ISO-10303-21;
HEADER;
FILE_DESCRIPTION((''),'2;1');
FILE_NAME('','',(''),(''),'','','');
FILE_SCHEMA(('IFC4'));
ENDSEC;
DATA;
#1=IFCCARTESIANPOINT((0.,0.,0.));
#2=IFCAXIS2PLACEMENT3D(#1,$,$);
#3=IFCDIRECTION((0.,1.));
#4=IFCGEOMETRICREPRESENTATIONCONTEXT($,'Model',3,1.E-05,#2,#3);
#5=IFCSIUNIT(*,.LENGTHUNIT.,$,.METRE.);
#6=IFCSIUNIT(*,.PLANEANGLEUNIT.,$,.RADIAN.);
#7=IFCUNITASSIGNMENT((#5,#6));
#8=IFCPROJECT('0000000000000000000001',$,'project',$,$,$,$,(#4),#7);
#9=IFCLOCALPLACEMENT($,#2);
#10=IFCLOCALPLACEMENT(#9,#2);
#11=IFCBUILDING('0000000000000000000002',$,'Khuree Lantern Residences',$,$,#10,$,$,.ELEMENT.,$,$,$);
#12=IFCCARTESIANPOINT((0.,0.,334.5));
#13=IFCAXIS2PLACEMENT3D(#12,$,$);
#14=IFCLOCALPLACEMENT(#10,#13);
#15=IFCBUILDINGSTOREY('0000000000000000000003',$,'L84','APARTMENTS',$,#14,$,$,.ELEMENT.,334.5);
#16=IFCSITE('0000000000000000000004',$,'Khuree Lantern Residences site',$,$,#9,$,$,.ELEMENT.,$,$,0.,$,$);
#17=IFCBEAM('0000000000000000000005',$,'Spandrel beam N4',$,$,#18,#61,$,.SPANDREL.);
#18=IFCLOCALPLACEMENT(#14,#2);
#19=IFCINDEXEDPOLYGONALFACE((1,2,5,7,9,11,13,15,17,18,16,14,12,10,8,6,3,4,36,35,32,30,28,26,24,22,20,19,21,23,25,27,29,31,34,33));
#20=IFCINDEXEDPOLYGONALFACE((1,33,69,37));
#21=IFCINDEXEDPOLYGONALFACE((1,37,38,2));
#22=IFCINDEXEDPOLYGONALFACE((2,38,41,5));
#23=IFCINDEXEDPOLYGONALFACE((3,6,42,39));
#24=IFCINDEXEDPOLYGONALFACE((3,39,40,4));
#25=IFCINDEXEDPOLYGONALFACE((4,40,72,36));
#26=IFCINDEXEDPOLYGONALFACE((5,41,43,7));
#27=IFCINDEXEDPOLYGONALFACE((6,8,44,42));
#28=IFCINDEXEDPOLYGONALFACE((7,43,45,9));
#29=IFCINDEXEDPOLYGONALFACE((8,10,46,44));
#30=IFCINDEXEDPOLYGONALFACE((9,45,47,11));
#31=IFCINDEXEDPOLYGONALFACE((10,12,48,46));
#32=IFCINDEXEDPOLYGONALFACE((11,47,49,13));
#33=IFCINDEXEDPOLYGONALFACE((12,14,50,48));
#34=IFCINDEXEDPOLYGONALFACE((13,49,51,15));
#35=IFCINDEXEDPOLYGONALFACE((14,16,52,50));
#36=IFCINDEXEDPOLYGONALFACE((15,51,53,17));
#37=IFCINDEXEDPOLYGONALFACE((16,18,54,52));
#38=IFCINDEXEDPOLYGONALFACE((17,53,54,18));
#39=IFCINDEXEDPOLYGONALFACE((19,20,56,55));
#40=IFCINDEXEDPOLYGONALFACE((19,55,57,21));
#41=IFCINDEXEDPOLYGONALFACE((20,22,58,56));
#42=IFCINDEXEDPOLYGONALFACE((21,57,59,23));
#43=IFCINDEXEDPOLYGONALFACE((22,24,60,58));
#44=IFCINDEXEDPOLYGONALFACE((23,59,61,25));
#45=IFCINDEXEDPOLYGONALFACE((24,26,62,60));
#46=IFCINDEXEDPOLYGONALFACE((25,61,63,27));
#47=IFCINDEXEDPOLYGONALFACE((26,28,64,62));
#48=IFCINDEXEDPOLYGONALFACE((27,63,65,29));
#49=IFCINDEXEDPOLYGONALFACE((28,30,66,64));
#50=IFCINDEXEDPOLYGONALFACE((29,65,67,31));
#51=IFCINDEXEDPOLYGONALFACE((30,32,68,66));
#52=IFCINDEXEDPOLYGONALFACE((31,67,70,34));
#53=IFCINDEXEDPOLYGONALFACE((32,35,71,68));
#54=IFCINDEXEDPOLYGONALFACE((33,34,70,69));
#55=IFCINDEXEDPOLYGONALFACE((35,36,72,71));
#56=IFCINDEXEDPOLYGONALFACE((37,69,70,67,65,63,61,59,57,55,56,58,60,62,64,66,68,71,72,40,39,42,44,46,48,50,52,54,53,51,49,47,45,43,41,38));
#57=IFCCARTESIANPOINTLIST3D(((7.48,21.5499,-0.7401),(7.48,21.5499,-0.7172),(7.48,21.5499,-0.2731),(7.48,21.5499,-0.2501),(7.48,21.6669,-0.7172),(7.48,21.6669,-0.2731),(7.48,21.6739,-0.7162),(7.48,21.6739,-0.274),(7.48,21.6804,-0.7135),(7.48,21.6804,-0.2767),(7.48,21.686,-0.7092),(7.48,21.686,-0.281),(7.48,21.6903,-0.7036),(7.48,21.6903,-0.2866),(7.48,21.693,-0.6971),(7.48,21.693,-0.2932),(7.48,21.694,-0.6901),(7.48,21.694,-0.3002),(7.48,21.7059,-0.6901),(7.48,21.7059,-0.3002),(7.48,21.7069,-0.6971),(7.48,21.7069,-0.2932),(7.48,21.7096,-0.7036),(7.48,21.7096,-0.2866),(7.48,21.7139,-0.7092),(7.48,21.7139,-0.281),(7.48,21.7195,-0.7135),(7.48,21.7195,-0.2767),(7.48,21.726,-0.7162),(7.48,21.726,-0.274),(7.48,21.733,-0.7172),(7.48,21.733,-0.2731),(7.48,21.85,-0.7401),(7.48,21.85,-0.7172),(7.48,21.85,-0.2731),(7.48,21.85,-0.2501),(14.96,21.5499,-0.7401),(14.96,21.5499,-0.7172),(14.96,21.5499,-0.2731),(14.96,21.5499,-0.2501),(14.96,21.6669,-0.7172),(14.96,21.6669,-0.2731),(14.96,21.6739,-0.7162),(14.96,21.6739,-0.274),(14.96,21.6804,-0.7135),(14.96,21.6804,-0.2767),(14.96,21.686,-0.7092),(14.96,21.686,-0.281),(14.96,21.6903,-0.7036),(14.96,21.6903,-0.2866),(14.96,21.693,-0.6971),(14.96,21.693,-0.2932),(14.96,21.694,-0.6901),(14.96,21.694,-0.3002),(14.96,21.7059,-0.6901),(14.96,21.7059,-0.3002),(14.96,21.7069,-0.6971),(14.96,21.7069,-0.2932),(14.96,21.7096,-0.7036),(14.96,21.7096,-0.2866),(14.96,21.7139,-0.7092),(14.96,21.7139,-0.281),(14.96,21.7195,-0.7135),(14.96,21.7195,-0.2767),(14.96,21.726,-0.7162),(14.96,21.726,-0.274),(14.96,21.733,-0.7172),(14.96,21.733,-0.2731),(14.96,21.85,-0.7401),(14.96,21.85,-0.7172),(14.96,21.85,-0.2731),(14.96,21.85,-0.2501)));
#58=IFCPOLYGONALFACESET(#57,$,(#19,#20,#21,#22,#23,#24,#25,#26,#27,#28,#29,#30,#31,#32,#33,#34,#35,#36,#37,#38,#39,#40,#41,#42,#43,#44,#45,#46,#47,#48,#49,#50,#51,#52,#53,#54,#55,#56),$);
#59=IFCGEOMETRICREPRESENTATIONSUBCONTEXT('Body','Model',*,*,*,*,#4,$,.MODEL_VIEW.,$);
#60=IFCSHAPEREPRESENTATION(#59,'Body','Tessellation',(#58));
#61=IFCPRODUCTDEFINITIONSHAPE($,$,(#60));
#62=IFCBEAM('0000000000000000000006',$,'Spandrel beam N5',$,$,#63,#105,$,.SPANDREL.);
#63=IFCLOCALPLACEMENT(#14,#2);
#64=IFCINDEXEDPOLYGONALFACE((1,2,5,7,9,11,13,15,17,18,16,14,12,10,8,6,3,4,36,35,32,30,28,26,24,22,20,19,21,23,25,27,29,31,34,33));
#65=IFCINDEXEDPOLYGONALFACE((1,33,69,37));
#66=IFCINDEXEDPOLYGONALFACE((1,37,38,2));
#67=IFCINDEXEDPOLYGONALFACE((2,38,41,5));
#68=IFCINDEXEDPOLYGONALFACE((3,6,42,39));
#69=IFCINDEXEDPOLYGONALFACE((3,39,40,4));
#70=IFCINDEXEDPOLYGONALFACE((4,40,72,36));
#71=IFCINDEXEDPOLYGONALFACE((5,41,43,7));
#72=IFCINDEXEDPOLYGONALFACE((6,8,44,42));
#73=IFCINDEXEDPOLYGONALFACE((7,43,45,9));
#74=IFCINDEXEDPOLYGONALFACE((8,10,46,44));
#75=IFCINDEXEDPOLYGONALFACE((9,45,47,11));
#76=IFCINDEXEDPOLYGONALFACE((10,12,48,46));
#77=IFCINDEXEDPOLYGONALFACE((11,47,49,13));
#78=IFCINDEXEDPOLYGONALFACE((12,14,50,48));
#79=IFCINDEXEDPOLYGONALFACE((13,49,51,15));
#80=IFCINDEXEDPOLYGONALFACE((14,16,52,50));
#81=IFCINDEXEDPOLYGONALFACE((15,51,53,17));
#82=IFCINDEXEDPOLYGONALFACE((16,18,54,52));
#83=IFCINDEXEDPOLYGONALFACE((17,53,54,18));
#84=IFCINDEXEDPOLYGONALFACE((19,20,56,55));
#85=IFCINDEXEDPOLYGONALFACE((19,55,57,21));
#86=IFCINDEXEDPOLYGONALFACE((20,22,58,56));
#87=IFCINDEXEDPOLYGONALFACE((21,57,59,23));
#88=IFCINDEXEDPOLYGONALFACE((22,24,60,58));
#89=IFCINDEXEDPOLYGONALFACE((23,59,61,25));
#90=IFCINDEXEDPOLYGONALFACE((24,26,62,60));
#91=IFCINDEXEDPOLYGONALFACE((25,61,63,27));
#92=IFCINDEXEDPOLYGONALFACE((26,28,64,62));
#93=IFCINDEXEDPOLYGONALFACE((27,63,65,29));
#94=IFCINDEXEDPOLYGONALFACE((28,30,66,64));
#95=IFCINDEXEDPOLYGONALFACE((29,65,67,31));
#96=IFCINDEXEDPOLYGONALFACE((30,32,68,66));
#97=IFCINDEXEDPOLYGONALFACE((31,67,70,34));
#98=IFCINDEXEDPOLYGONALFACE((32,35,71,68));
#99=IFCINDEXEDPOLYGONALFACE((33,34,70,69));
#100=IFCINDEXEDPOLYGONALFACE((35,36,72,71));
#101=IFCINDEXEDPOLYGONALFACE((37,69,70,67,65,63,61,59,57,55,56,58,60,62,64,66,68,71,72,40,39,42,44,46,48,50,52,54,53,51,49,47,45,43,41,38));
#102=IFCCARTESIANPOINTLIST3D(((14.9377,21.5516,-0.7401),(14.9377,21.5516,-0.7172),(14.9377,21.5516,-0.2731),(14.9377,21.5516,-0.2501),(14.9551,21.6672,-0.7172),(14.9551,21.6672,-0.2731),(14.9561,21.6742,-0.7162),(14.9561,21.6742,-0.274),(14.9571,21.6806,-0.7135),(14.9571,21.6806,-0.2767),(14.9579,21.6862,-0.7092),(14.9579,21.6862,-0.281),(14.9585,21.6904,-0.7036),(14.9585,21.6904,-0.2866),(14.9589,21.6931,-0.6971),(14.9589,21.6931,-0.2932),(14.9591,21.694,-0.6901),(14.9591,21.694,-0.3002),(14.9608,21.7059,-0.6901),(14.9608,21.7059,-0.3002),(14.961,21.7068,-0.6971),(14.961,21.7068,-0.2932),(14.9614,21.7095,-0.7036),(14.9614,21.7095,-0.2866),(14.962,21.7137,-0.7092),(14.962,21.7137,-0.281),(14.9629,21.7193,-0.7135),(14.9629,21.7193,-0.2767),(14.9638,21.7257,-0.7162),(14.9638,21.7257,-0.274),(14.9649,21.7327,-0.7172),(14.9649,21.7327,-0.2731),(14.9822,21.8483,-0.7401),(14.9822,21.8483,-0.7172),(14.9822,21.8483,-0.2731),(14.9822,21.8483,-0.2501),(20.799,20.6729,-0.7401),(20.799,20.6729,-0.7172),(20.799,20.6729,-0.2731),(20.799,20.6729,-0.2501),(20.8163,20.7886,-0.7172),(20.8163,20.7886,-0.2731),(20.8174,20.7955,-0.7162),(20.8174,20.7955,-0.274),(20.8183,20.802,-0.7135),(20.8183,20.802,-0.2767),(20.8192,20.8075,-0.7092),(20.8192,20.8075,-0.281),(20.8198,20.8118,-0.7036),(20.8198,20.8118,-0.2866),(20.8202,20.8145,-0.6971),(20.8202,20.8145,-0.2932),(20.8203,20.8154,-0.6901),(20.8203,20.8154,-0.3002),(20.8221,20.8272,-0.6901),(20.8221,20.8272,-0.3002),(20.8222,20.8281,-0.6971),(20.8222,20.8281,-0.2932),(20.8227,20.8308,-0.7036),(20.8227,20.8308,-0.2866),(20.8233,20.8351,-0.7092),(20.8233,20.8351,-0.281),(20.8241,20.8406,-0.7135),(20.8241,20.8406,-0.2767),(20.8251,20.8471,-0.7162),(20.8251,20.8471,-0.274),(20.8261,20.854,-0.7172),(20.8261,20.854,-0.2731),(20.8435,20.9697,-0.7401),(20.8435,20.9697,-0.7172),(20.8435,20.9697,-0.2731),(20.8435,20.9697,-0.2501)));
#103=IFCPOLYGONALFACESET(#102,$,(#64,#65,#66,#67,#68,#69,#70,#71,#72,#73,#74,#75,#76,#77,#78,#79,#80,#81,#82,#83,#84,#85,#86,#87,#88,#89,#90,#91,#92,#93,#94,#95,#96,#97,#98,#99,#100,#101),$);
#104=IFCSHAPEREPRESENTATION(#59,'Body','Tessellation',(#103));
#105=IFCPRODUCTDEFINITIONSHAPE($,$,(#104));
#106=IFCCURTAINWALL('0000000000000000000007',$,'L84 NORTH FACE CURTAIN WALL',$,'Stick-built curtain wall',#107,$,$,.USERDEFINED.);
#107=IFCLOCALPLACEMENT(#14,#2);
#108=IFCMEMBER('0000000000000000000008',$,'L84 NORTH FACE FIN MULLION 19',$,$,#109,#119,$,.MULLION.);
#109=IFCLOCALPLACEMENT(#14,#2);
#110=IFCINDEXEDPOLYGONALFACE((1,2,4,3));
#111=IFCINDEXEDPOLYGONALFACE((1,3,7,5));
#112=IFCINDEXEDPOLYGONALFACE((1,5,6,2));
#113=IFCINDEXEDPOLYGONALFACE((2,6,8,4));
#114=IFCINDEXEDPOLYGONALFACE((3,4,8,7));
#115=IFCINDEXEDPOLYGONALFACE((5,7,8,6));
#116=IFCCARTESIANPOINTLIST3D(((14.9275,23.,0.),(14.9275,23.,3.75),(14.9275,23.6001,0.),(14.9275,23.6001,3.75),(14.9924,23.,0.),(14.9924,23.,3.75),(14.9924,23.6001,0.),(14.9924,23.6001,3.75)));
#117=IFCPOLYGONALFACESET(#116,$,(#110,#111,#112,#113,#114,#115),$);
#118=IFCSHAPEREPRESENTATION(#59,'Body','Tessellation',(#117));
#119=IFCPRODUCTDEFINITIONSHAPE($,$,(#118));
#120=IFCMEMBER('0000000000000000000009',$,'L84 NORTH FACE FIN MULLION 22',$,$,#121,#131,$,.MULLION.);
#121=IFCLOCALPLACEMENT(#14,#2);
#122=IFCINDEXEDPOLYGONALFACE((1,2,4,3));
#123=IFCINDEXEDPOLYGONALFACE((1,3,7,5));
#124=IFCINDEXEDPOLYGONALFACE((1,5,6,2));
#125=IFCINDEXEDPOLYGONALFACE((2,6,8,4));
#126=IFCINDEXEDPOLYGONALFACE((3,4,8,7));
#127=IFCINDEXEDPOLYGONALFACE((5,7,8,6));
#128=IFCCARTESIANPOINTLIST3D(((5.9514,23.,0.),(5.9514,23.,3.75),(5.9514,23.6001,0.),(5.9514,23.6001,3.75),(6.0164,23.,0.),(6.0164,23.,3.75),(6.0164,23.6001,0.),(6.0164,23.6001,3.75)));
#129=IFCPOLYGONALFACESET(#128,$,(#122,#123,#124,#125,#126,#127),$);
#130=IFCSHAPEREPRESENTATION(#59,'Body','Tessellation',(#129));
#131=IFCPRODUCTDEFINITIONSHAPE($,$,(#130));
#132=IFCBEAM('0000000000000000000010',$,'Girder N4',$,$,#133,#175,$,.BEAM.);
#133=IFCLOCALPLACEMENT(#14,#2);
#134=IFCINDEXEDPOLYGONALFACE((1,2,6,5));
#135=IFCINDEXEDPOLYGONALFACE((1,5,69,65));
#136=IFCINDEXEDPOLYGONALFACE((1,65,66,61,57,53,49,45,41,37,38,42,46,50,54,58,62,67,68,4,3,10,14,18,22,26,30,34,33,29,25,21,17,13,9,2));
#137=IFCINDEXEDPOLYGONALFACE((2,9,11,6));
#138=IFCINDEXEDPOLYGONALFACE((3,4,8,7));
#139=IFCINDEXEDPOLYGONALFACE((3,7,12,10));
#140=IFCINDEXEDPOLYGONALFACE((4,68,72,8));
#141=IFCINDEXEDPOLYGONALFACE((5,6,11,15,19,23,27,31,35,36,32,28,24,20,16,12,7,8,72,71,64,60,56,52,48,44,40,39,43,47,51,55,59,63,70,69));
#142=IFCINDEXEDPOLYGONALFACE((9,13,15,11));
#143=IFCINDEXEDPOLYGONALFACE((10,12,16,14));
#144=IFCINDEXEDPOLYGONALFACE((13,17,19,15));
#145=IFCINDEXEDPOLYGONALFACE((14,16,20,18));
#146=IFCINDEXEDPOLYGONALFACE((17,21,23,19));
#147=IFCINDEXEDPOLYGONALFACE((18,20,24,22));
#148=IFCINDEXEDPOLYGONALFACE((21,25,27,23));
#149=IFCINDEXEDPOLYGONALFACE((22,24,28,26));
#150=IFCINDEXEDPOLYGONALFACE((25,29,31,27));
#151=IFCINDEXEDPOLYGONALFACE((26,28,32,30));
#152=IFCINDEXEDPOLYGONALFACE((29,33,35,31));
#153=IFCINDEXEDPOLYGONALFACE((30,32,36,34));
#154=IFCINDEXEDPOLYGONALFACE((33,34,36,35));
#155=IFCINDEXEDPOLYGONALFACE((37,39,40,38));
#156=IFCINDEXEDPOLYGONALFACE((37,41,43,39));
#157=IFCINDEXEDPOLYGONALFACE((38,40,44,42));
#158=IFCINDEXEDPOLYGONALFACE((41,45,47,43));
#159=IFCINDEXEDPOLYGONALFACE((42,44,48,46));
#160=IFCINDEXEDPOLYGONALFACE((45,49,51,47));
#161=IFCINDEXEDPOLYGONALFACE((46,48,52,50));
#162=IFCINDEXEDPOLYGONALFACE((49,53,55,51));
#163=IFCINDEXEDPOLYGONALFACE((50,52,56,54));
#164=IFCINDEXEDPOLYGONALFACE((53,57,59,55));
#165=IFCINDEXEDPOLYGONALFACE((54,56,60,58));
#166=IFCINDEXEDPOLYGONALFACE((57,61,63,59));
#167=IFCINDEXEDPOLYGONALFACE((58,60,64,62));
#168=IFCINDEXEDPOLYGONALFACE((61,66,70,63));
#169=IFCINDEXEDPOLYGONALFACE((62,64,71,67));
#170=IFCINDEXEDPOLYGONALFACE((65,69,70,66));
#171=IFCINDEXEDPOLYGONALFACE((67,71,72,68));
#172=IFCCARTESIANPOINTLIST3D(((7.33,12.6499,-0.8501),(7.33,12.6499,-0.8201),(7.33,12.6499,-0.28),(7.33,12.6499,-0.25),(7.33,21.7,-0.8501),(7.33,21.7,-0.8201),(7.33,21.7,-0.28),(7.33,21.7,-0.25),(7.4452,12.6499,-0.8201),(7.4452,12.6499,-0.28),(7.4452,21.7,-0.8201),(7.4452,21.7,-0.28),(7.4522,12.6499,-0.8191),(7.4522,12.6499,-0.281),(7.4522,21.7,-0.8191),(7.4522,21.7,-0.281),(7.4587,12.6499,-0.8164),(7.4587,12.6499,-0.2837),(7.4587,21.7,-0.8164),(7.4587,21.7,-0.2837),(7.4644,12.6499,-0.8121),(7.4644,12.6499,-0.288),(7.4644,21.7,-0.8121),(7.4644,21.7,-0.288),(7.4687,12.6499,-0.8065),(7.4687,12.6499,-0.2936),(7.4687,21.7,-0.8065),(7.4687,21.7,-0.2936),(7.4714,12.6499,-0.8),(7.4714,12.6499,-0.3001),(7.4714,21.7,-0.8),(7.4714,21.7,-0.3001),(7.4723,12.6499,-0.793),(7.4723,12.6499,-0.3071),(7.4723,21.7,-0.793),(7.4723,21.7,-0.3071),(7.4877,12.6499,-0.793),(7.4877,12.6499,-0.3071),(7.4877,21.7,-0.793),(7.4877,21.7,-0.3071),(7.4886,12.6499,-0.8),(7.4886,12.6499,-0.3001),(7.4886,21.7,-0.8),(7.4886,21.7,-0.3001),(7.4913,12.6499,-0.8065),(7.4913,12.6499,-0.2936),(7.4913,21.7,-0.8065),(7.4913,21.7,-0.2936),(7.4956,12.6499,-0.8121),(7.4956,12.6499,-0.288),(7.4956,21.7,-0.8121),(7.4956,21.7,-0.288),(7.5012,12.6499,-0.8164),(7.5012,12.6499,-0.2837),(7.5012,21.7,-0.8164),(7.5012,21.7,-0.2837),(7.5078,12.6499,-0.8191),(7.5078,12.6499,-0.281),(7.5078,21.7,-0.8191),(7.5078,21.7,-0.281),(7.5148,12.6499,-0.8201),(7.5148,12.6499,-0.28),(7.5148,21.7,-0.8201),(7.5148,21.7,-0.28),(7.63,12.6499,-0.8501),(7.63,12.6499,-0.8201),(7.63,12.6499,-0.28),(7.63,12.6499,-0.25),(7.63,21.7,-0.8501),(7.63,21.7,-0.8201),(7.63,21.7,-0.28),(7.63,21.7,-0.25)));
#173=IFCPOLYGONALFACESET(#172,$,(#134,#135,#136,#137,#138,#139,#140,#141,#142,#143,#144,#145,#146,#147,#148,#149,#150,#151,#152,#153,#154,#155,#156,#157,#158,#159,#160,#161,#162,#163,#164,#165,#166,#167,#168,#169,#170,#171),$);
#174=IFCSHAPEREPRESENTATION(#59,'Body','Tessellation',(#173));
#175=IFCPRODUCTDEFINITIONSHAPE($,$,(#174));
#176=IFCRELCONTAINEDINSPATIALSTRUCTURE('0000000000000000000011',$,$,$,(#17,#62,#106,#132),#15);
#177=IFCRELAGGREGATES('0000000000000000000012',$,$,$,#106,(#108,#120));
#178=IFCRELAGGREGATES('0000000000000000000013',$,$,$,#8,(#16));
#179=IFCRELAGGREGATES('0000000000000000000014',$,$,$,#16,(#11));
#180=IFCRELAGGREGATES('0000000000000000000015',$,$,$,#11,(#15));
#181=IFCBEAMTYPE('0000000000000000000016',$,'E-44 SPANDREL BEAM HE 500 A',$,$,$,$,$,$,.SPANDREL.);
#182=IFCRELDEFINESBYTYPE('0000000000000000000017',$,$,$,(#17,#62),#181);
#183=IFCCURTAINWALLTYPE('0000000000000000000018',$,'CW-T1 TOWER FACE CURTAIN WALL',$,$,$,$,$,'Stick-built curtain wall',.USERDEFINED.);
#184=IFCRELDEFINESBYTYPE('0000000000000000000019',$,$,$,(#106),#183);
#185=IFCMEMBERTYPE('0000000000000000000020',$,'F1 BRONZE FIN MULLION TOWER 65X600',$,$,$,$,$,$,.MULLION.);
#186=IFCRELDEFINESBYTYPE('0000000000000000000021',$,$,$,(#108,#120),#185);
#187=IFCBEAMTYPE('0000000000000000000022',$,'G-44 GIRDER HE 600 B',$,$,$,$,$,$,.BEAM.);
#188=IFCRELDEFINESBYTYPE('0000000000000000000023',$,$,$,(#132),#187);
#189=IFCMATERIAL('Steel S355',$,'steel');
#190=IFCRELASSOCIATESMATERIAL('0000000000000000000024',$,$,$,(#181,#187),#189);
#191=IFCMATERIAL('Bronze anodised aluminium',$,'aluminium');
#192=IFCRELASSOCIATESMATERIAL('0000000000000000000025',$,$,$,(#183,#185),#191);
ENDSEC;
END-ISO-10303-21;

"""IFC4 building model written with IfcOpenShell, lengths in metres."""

from ifc_helpers import new_model, si_unit, direction, frame, origin, origin_2d, place, context, subcontext, project, spatial, rectangle, i_section, extrude, material, material_profile, profile_set, type_object, element, aggregate, save


model = new_model("IFC4")

# Units and contexts
model_context = context("Model", 3, precision=1e-05, world=origin(), true_north=direction((0.0, 1.0)))
body_context = subcontext(model_context, "Body", "Model", "MODEL_VIEW")
ifc_project = project(units=[si_unit("LENGTHUNIT", "METRE"), si_unit("PLANEANGLEUNIT", "RADIAN")], contexts=[model_context])

# Site, building, storey
site_placement = place(None, origin())
site = spatial("IfcSite", under=ifc_project, at=site_placement, Name="Khuree Lantern Residences site", CompositionType="ELEMENT", RefElevation=0.0)
building_placement = place(site_placement, origin())
building = spatial("IfcBuilding", under=site, at=building_placement, Name="Khuree Lantern Residences", CompositionType="ELEMENT")
storey_placement = place(building_placement, frame((0.0, 0.0, 334.5)))
storey = spatial("IfcBuildingStorey", under=building, at=storey_placement, Name="L84", Description="APARTMENTS", CompositionType="ELEMENT", Elevation=334.5)

# Beams
ifc_material_1 = material(Name="Steel S355", Category="steel")
ifc_material_profile_1 = material_profile(ifc_material_1, i_section(OverallWidth=0.3, OverallDepth=0.49, WebThickness=0.012, FlangeThickness=0.0229, FilletRadius=0.0271, at=origin_2d()), Name="HE 500 A")
ifc_profile_set_1 = profile_set([ifc_material_profile_1], Name="Steel S355")
beam_type_1 = type_object("IfcBeamType", Name="E-44 SPANDREL BEAM HE 500 A", PredefinedType="SPANDREL", material=ifc_profile_set_1)
for number, where, z_axis, x_axis, name in (
    (1, (7.48, 21.7, -0.4951), (1.0, 0.0, 0.0), (0.0, 1.0, 0.0), "Spandrel beam N4"),
):
    element("IfcBeam", number, at=place(storey_placement, frame(where, z_axis=z_axis, x_axis=x_axis)), inside=storey, type_object=beam_type_1, Name=name, PredefinedType="SPANDREL", context=body_context, shape_type="SweptSolid", body=[
        extrude(i_section(OverallWidth=0.3, OverallDepth=0.49, WebThickness=0.012, FlangeThickness=0.0229, FilletRadius=0.0271, at=origin_2d()), origin(), (0.0, 0.0, 1.0), 7.48),
    ])
beam_placement = place(storey_placement, frame((14.96, 21.7, -0.4951), z_axis=(0.98895, -0.148252, 0.0), x_axis=(0.148252, 0.98895, 0.0)))
element("IfcBeam", 2, at=beam_placement, inside=storey, type_object=beam_type_1, Name="Spandrel beam N5", PredefinedType="SPANDREL", context=body_context, shape_type="SweptSolid", body=[
    extrude(i_section(OverallWidth=0.3, OverallDepth=0.49, WebThickness=0.012, FlangeThickness=0.0229, FilletRadius=0.0271, at=origin_2d()), origin(), (0.0, 0.0, 1.0), 5.9268),
])

# Curtain wall, members
ifc_material_2 = material(Name="Bronze anodised aluminium", Category="aluminium")
curtain_wall_type = type_object("IfcCurtainWallType", Name="CW-T1 TOWER FACE CURTAIN WALL", ElementType="Stick-built curtain wall", PredefinedType="USERDEFINED", material=ifc_material_2)
curtain_wall_placement = place(storey_placement, origin())
curtain_wall = element("IfcCurtainWall", 3, at=curtain_wall_placement, inside=storey, type_object=curtain_wall_type, Name="L84 NORTH FACE CURTAIN WALL", ObjectType="Stick-built curtain wall", PredefinedType="USERDEFINED")
ifc_material_profile_2 = material_profile(ifc_material_2, rectangle(XDim=0.0649, YDim=0.6001, at=origin_2d()), Name="F1 65X600")
ifc_profile_set_2 = profile_set([ifc_material_profile_2], Name="Bronze anodised aluminium")
member_type_1 = type_object("IfcMemberType", Name="F1 BRONZE FIN MULLION TOWER 65X600", PredefinedType="MULLION", material=ifc_profile_set_2)
member_1_placement = place(storey_placement, frame((14.96, 23.3, 0.0), z_axis=(0.0, 0.0, 1.0), x_axis=(-1.0, 0.0, 0.0)))
member_1 = element("IfcMember", 4, at=member_1_placement, type_object=member_type_1, Name="L84 NORTH FACE FIN MULLION 19", PredefinedType="MULLION", context=body_context, shape_type="SweptSolid", body=[
    extrude(rectangle(XDim=0.0649, YDim=0.6001, at=origin_2d()), origin(), (0.0, 0.0, 1.0), 3.75),
])
member_2_placement = place(storey_placement, frame((5.9839, 23.3, 0.0), z_axis=(0.0, 0.0, 1.0), x_axis=(-1.0, 0.0, 0.0)))
member_2 = element("IfcMember", 5, at=member_2_placement, type_object=member_type_1, Name="L84 NORTH FACE FIN MULLION 22", PredefinedType="MULLION", context=body_context, shape_type="SweptSolid", body=[
    extrude(rectangle(XDim=0.0649, YDim=0.6001, at=origin_2d()), origin(), (0.0, 0.0, 1.0), 3.75),
])

# Beam
ifc_material_profile_3 = material_profile(ifc_material_1, i_section(OverallWidth=0.3, OverallDepth=0.6001, WebThickness=0.0154, FlangeThickness=0.03, FilletRadius=0.0271, at=origin_2d()), Name="HE 600 B")
ifc_profile_set_3 = profile_set([ifc_material_profile_3], Name="Steel S355")
beam_type_2 = type_object("IfcBeamType", Name="G-44 GIRDER HE 600 B", PredefinedType="BEAM", material=ifc_profile_set_3)
for number, where, z_axis, x_axis, name in (
    (6, (7.48, 21.7, -0.55), (0.0, -1.0, 0.0), (1.0, 0.0, 0.0), "Girder N4"),
):
    element("IfcBeam", number, at=place(storey_placement, frame(where, z_axis=z_axis, x_axis=x_axis)), inside=storey, type_object=beam_type_2, Name=name, PredefinedType="BEAM", context=body_context, shape_type="SweptSolid", body=[
        extrude(i_section(OverallWidth=0.3, OverallDepth=0.6001, WebThickness=0.0154, FlangeThickness=0.03, FilletRadius=0.0271, at=origin_2d()), origin(), (0.0, 0.0, 1.0), 9.05),
    ])

aggregate(curtain_wall, [member_1, member_2])

save(model, "model.ifc")
